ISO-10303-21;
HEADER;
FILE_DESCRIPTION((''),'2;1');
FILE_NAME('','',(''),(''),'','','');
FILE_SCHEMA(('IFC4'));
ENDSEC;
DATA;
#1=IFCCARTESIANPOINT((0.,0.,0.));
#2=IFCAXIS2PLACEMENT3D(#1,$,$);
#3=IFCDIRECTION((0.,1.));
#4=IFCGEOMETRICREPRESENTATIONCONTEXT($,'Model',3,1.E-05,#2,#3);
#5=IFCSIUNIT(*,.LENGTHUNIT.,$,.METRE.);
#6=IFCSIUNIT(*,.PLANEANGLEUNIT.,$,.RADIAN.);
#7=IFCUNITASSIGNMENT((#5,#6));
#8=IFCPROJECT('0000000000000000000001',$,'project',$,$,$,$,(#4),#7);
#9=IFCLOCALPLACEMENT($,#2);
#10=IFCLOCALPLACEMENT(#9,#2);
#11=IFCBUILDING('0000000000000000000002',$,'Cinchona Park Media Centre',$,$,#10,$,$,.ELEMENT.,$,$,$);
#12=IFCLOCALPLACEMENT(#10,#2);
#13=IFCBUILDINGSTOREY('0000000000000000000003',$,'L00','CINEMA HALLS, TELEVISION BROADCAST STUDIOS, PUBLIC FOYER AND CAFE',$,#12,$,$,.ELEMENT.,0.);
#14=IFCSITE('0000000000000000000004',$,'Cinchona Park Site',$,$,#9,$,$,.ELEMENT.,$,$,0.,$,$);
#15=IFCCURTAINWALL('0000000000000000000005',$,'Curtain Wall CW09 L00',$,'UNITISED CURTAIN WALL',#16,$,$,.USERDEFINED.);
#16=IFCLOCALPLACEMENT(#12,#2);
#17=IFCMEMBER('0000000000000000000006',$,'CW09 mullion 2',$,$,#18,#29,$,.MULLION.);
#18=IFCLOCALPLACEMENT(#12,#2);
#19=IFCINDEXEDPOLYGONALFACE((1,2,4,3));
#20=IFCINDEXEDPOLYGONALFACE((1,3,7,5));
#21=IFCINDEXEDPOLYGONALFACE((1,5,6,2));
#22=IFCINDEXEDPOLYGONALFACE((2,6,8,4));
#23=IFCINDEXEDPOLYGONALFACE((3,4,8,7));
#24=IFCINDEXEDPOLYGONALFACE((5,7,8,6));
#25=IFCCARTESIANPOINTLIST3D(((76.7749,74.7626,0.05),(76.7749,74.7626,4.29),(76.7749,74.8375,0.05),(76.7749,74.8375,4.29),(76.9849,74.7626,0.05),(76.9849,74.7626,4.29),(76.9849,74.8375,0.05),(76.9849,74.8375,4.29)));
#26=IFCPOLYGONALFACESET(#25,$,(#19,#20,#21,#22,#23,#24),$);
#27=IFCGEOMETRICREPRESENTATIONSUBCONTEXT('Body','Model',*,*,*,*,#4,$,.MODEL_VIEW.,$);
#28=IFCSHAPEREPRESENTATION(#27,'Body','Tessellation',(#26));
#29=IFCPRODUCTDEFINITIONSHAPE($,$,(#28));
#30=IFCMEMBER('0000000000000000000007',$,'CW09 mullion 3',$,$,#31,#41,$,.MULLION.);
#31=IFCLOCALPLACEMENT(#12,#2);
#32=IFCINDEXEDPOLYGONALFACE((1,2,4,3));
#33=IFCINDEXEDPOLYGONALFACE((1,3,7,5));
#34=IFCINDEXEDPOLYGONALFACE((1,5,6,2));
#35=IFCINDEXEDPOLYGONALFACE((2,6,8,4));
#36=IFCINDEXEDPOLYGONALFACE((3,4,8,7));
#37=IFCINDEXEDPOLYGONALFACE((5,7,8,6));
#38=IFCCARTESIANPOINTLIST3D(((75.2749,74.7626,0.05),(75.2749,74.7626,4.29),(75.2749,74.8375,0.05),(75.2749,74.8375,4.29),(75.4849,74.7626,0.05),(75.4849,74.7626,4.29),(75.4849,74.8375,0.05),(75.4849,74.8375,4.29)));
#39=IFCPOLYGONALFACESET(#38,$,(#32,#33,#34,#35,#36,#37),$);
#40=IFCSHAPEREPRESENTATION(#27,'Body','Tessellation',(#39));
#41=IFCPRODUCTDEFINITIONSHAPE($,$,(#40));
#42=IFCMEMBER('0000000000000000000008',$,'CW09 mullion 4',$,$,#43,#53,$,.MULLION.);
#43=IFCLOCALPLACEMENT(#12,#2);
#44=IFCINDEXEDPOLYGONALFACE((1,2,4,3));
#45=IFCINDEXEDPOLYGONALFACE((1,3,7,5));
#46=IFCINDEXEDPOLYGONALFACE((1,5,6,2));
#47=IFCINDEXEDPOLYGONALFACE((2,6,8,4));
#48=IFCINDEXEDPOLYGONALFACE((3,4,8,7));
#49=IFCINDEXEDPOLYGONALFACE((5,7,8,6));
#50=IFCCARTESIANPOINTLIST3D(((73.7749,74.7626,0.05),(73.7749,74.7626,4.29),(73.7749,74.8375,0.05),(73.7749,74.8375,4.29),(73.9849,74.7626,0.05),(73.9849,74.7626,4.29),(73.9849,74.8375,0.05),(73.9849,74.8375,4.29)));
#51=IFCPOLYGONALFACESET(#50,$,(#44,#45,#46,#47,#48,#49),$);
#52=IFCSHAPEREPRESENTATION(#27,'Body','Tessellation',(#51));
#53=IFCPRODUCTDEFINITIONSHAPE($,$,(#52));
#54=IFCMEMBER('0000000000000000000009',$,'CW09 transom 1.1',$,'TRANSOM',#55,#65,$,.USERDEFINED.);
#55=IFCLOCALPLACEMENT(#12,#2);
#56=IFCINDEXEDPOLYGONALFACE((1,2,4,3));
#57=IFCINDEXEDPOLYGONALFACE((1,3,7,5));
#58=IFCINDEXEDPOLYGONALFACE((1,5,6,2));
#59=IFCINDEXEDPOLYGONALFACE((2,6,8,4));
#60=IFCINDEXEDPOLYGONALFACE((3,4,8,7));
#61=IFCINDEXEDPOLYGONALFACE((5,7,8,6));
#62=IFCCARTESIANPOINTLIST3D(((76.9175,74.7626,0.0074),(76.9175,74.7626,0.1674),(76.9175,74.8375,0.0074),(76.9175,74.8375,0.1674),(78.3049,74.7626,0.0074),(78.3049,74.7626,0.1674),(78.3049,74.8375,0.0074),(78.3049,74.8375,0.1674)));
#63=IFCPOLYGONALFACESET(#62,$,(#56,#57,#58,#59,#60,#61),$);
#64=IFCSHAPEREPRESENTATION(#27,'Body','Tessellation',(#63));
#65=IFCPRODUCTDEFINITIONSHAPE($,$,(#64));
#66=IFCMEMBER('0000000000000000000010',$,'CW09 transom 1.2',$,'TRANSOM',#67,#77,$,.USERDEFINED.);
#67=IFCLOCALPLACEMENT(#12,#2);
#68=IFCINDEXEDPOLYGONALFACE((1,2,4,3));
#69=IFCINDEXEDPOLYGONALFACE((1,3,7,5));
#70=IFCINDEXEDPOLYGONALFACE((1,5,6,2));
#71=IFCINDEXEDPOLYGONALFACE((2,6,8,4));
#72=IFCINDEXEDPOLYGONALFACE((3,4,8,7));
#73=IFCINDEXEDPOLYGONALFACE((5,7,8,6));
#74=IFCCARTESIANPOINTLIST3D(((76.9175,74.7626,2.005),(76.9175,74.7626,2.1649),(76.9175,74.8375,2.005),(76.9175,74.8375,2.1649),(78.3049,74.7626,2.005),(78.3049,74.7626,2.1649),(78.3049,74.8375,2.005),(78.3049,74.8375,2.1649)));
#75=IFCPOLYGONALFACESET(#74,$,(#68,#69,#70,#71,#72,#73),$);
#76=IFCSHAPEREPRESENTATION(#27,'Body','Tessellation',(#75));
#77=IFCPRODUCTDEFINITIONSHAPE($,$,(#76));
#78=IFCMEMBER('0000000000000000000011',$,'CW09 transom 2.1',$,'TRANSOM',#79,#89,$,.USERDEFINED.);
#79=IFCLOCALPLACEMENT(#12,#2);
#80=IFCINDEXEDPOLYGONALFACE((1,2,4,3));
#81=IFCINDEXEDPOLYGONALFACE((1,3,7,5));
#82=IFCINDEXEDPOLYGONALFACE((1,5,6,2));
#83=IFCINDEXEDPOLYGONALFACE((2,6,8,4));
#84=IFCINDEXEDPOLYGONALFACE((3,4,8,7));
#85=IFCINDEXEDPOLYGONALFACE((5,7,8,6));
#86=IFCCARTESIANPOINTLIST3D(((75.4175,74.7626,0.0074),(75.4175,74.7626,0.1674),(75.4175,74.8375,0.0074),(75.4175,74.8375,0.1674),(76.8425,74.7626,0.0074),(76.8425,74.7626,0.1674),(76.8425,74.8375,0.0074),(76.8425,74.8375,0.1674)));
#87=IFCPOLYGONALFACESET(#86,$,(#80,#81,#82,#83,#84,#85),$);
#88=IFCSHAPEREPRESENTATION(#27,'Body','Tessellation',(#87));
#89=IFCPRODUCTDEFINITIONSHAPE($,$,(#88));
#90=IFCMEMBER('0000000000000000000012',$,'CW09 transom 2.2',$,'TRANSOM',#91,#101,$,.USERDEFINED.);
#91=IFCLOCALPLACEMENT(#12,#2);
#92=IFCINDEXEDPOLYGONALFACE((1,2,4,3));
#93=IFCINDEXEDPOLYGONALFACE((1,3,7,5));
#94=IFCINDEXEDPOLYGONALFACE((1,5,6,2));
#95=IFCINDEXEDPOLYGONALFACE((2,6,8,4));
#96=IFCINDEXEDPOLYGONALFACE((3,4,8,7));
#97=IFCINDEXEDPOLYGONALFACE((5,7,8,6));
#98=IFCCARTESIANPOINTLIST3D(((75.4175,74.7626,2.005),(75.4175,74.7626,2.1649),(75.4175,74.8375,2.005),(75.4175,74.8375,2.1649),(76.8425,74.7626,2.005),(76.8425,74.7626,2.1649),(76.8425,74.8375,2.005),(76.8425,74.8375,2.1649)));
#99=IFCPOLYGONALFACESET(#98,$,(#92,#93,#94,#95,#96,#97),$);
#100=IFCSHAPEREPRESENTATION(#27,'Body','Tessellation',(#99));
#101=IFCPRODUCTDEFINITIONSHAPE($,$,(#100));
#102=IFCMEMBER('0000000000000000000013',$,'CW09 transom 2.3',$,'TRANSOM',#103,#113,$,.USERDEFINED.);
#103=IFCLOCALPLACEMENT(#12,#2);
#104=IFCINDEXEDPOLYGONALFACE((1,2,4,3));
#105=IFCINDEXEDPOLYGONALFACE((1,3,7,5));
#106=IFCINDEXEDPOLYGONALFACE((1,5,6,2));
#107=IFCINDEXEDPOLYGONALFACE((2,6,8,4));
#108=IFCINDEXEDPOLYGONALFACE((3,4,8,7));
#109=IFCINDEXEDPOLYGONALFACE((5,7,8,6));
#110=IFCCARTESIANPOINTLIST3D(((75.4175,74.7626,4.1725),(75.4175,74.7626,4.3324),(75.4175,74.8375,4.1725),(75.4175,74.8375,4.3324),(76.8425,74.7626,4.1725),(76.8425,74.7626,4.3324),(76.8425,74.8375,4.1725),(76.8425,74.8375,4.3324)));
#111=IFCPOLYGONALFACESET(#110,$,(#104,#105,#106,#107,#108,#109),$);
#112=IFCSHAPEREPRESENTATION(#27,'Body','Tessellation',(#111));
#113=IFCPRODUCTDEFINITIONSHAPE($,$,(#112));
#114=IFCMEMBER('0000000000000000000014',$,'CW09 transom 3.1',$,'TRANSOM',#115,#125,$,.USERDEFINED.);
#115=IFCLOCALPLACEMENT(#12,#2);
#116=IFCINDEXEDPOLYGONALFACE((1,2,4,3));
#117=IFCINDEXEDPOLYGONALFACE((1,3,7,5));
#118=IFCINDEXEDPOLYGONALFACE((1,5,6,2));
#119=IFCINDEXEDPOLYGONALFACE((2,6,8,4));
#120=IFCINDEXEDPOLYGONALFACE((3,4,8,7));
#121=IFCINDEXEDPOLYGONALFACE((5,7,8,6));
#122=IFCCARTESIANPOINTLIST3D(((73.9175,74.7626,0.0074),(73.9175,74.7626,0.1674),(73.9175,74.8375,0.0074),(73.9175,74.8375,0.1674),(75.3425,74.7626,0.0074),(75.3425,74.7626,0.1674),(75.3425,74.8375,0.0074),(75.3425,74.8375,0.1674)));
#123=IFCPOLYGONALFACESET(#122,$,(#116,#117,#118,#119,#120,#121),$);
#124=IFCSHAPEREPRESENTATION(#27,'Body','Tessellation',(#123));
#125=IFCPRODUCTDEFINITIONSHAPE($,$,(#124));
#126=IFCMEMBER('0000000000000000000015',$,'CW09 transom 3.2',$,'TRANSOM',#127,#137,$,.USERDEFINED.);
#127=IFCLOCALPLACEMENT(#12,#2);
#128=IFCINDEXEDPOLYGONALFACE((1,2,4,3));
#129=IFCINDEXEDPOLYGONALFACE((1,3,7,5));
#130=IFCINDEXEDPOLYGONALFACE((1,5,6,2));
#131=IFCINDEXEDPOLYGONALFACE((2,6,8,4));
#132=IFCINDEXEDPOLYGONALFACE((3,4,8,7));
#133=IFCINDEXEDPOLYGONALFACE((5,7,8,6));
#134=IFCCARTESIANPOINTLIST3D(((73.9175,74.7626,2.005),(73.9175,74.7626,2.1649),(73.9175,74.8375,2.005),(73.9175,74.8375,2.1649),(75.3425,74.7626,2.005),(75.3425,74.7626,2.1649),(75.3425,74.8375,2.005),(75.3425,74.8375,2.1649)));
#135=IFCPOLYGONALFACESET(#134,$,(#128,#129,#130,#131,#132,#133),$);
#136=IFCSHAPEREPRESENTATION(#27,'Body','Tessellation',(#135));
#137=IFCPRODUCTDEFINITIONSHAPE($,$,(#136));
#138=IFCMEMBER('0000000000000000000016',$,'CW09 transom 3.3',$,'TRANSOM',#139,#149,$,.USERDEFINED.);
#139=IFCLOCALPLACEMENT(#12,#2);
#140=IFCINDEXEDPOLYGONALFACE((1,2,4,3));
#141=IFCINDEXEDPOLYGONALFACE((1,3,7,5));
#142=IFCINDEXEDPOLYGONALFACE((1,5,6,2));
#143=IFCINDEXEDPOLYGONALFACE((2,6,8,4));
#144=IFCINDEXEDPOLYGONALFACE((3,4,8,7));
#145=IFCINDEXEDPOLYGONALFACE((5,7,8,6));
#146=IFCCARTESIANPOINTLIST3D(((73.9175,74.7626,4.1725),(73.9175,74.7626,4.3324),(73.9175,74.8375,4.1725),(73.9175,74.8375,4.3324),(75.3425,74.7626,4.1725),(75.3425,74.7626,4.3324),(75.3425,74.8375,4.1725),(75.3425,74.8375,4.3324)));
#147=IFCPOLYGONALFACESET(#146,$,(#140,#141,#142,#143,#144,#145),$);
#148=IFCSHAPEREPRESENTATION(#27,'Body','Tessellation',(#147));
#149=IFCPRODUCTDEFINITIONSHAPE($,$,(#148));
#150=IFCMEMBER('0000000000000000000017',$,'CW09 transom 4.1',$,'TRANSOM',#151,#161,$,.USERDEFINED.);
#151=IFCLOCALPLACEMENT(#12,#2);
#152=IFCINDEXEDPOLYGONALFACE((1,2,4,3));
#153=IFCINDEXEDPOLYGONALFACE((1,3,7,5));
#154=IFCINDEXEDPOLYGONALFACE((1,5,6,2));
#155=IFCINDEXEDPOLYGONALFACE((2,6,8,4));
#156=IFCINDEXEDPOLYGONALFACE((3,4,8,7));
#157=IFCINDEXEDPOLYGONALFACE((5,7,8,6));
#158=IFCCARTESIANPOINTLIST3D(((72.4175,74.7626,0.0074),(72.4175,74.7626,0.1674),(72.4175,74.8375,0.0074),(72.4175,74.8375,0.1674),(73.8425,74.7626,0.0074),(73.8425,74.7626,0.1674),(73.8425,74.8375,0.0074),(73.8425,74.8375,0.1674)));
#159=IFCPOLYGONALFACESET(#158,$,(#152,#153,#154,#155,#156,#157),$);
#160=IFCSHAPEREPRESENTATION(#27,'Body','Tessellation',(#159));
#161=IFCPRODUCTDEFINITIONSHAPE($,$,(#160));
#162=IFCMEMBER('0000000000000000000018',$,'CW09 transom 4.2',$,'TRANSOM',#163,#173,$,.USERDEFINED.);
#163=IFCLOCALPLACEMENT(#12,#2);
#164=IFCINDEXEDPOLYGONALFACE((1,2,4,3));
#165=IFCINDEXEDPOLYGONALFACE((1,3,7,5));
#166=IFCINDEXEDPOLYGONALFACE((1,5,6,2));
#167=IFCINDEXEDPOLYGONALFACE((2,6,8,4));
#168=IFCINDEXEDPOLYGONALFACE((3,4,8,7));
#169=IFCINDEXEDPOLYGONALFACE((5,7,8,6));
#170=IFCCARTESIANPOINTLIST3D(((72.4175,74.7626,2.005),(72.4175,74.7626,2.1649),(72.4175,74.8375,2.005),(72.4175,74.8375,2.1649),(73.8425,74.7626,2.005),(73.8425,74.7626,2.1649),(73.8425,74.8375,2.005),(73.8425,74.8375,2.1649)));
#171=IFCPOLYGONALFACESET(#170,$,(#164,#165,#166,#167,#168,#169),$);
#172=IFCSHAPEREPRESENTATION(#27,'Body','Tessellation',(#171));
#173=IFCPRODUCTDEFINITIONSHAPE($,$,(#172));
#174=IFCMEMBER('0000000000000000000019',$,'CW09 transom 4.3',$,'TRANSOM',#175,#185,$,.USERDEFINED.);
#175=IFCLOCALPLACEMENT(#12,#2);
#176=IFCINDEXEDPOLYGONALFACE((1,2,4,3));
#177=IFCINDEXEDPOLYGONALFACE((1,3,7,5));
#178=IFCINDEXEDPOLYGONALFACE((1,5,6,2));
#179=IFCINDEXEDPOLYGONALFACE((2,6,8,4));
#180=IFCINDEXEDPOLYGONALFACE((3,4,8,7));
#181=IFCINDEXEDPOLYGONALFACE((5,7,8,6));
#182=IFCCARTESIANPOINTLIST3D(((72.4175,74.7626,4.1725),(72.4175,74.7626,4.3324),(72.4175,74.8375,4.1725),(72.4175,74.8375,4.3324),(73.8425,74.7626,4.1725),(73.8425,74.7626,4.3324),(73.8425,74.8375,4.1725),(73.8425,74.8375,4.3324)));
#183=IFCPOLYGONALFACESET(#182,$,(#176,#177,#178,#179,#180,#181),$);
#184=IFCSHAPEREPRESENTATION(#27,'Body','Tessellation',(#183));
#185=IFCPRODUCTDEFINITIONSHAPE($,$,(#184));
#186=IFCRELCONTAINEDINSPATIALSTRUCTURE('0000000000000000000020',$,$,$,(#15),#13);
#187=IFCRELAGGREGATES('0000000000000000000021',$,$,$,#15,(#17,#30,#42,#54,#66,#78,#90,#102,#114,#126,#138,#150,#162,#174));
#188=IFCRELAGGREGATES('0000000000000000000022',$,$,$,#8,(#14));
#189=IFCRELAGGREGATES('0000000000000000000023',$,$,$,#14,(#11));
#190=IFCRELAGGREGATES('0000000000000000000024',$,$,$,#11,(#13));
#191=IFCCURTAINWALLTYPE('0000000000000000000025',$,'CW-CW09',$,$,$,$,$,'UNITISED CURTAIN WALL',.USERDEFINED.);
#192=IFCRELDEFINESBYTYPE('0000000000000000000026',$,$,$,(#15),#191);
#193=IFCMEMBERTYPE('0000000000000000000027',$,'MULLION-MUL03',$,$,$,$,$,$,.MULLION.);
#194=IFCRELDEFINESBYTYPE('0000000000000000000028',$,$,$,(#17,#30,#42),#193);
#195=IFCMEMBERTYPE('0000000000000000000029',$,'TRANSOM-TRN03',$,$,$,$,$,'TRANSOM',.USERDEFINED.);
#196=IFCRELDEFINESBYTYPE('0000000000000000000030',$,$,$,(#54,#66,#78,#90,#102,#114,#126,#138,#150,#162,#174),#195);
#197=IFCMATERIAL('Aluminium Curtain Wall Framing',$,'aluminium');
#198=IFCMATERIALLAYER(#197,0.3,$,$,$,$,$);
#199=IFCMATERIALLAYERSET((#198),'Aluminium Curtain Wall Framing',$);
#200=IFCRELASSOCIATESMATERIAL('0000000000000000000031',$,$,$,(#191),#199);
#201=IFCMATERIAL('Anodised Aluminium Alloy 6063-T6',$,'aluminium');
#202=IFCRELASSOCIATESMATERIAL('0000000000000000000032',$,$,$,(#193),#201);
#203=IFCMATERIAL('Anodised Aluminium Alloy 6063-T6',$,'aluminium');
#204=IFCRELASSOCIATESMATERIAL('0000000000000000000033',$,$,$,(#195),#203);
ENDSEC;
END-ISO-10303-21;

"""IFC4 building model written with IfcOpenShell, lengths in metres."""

from ifc_helpers import new_model, si_unit, direction, frame, origin, origin_2d, place, context, subcontext, project, spatial, rectangle, extrude, material, layer, layer_set, material_profile, profile_set, type_object, element, aggregate, save


model = new_model("IFC4")

# Units and contexts
model_context = context("Model", 3, precision=1e-05, world=origin(), true_north=direction((0.0, 1.0)))
body_context = subcontext(model_context, "Body", "Model", "MODEL_VIEW")
ifc_project = project(units=[si_unit("LENGTHUNIT", "METRE"), si_unit("PLANEANGLEUNIT", "RADIAN")], contexts=[model_context])

# Site, building, storey
site_placement = place(None, origin())
site = spatial("IfcSite", under=ifc_project, at=site_placement, Name="Cinchona Park Site", CompositionType="ELEMENT", RefElevation=0.0)
building_placement = place(site_placement, origin())
building = spatial("IfcBuilding", under=site, at=building_placement, Name="Cinchona Park Media Centre", CompositionType="ELEMENT")
storey_placement = place(building_placement, origin())
storey = spatial("IfcBuildingStorey", under=building, at=storey_placement, Name="L00", Description="CINEMA HALLS, TELEVISION BROADCAST STUDIOS, PUBLIC FOYER AND CAFE", CompositionType="ELEMENT", Elevation=0.0)

# Curtain wall, members
ifc_material_1 = material(Name="Aluminium Curtain Wall Framing", Category="aluminium")
ifc_layer_1 = layer(ifc_material_1, 0.3)
ifc_layer_set_1 = layer_set([ifc_layer_1], Name="Aluminium Curtain Wall Framing")
curtain_wall_type = type_object("IfcCurtainWallType", Name="CW-CW09", ElementType="UNITISED CURTAIN WALL", PredefinedType="USERDEFINED", material=ifc_layer_set_1)
curtain_wall_placement = place(storey_placement, origin())
curtain_wall = element("IfcCurtainWall", 1, at=curtain_wall_placement, inside=storey, type_object=curtain_wall_type, Name="Curtain Wall CW09 L00", ObjectType="UNITISED CURTAIN WALL", PredefinedType="USERDEFINED")
ifc_material_2 = material(Name="Anodised Aluminium Alloy 6063-T6", Category="aluminium")
ifc_material_profile_1 = material_profile(ifc_material_2, rectangle(XDim=0.075, YDim=0.21, at=origin_2d()), Name="MUL-75X210")
ifc_profile_set_1 = profile_set([ifc_material_profile_1], Name="Anodised Aluminium Alloy 6063-T6")
member_type_1 = type_object("IfcMemberType", Name="MULLION-MUL03", PredefinedType="MULLION", material=ifc_profile_set_1)
member_1_placement = place(storey_placement, frame((76.8799, 74.8, 0.05), z_axis=(0.0, 0.0, 1.0), x_axis=(0.0, -1.0, 0.0)))
member_1 = element("IfcMember", 2, at=member_1_placement, type_object=member_type_1, Name="CW09 mullion 2", PredefinedType="MULLION", context=body_context, shape_type="SweptSolid", body=[
    extrude(rectangle(XDim=0.075, YDim=0.21, at=origin_2d()), origin(), (0.0, 0.0, 1.0), 4.24),
])
member_2_placement = place(storey_placement, frame((75.3799, 74.8, 0.05), z_axis=(0.0, 0.0, 1.0), x_axis=(0.0, -1.0, 0.0)))
member_2 = element("IfcMember", 3, at=member_2_placement, type_object=member_type_1, Name="CW09 mullion 3", PredefinedType="MULLION", context=body_context, shape_type="SweptSolid", body=[
    extrude(rectangle(XDim=0.075, YDim=0.21, at=origin_2d()), origin(), (0.0, 0.0, 1.0), 4.24),
])
member_3_placement = place(storey_placement, frame((73.8799, 74.8, 0.05), z_axis=(0.0, 0.0, 1.0), x_axis=(0.0, -1.0, 0.0)))
member_3 = element("IfcMember", 4, at=member_3_placement, type_object=member_type_1, Name="CW09 mullion 4", PredefinedType="MULLION", context=body_context, shape_type="SweptSolid", body=[
    extrude(rectangle(XDim=0.075, YDim=0.21, at=origin_2d()), origin(), (0.0, 0.0, 1.0), 4.24),
])
ifc_material_3 = material(Name="Anodised Aluminium Alloy 6063-T6", Category="aluminium")
ifc_material_profile_2 = material_profile(ifc_material_3, rectangle(XDim=0.075, YDim=0.1599, at=origin_2d()), Name="TRN-75X160")
ifc_profile_set_2 = profile_set([ifc_material_profile_2], Name="Anodised Aluminium Alloy 6063-T6")
member_type_2 = type_object("IfcMemberType", Name="TRANSOM-TRN03", ElementType="TRANSOM", PredefinedType="USERDEFINED", material=ifc_profile_set_2)
member_4_placement = place(storey_placement, frame((78.3049, 74.8, 0.0874), z_axis=(-1.0, 0.0, 0.0), x_axis=(0.0, -1.0, 0.0)))
member_4 = element("IfcMember", 5, at=member_4_placement, type_object=member_type_2, Name="CW09 transom 1.1", ObjectType="TRANSOM", PredefinedType="USERDEFINED", context=body_context, shape_type="SweptSolid", body=[
    extrude(rectangle(XDim=0.075, YDim=0.1599, at=origin_2d()), origin(), (0.0, 0.0, 1.0), 1.3875),
])
member_5_placement = place(storey_placement, frame((78.3049, 74.8, 2.085), z_axis=(-1.0, 0.0, 0.0), x_axis=(0.0, -1.0, 0.0)))
member_5 = element("IfcMember", 6, at=member_5_placement, type_object=member_type_2, Name="CW09 transom 1.2", ObjectType="TRANSOM", PredefinedType="USERDEFINED", context=body_context, shape_type="SweptSolid", body=[
    extrude(rectangle(XDim=0.075, YDim=0.1599, at=origin_2d()), origin(), (0.0, 0.0, 1.0), 1.3875),
])
member_6_placement = place(storey_placement, frame((76.8425, 74.8, 0.0874), z_axis=(-1.0, 0.0, 0.0), x_axis=(0.0, -1.0, 0.0)))
member_6 = element("IfcMember", 7, at=member_6_placement, type_object=member_type_2, Name="CW09 transom 2.1", ObjectType="TRANSOM", PredefinedType="USERDEFINED", context=body_context, shape_type="SweptSolid", body=[
    extrude(rectangle(XDim=0.075, YDim=0.1599, at=origin_2d()), origin(), (0.0, 0.0, 1.0), 1.425),
])
member_7_placement = place(storey_placement, frame((76.8425, 74.8, 2.085), z_axis=(-1.0, 0.0, 0.0), x_axis=(0.0, -1.0, 0.0)))
member_7 = element("IfcMember", 8, at=member_7_placement, type_object=member_type_2, Name="CW09 transom 2.2", ObjectType="TRANSOM", PredefinedType="USERDEFINED", context=body_context, shape_type="SweptSolid", body=[
    extrude(rectangle(XDim=0.075, YDim=0.1599, at=origin_2d()), origin(), (0.0, 0.0, 1.0), 1.425),
])
member_8_placement = place(storey_placement, frame((76.8425, 74.8, 4.2524), z_axis=(-1.0, 0.0, 0.0), x_axis=(0.0, -1.0, 0.0)))
member_8 = element("IfcMember", 9, at=member_8_placement, type_object=member_type_2, Name="CW09 transom 2.3", ObjectType="TRANSOM", PredefinedType="USERDEFINED", context=body_context, shape_type="SweptSolid", body=[
    extrude(rectangle(XDim=0.075, YDim=0.1599, at=origin_2d()), origin(), (0.0, 0.0, 1.0), 1.425),
])
member_9_placement = place(storey_placement, frame((75.3425, 74.8, 0.0874), z_axis=(-1.0, 0.0, 0.0), x_axis=(0.0, -1.0, 0.0)))
member_9 = element("IfcMember", 10, at=member_9_placement, type_object=member_type_2, Name="CW09 transom 3.1", ObjectType="TRANSOM", PredefinedType="USERDEFINED", context=body_context, shape_type="SweptSolid", body=[
    extrude(rectangle(XDim=0.075, YDim=0.1599, at=origin_2d()), origin(), (0.0, 0.0, 1.0), 1.425),
])
member_10_placement = place(storey_placement, frame((75.3425, 74.8, 2.085), z_axis=(-1.0, 0.0, 0.0), x_axis=(0.0, -1.0, 0.0)))
member_10 = element("IfcMember", 11, at=member_10_placement, type_object=member_type_2, Name="CW09 transom 3.2", ObjectType="TRANSOM", PredefinedType="USERDEFINED", context=body_context, shape_type="SweptSolid", body=[
    extrude(rectangle(XDim=0.075, YDim=0.1599, at=origin_2d()), origin(), (0.0, 0.0, 1.0), 1.425),
])
member_11_placement = place(storey_placement, frame((75.3425, 74.8, 4.2524), z_axis=(-1.0, 0.0, 0.0), x_axis=(0.0, -1.0, 0.0)))
member_11 = element("IfcMember", 12, at=member_11_placement, type_object=member_type_2, Name="CW09 transom 3.3", ObjectType="TRANSOM", PredefinedType="USERDEFINED", context=body_context, shape_type="SweptSolid", body=[
    extrude(rectangle(XDim=0.075, YDim=0.1599, at=origin_2d()), origin(), (0.0, 0.0, 1.0), 1.425),
])
member_12_placement = place(storey_placement, frame((73.8425, 74.8, 0.0874), z_axis=(-1.0, 0.0, 0.0), x_axis=(0.0, -1.0, 0.0)))
member_12 = element("IfcMember", 13, at=member_12_placement, type_object=member_type_2, Name="CW09 transom 4.1", ObjectType="TRANSOM", PredefinedType="USERDEFINED", context=body_context, shape_type="SweptSolid", body=[
    extrude(rectangle(XDim=0.075, YDim=0.1599, at=origin_2d()), origin(), (0.0, 0.0, 1.0), 1.425),
])
member_13_placement = place(storey_placement, frame((73.8425, 74.8, 2.085), z_axis=(-1.0, 0.0, 0.0), x_axis=(0.0, -1.0, 0.0)))
member_13 = element("IfcMember", 14, at=member_13_placement, type_object=member_type_2, Name="CW09 transom 4.2", ObjectType="TRANSOM", PredefinedType="USERDEFINED", context=body_context, shape_type="SweptSolid", body=[
    extrude(rectangle(XDim=0.075, YDim=0.1599, at=origin_2d()), origin(), (0.0, 0.0, 1.0), 1.425),
])
member_14_placement = place(storey_placement, frame((73.8425, 74.8, 4.2524), z_axis=(-1.0, 0.0, 0.0), x_axis=(0.0, -1.0, 0.0)))
member_14 = element("IfcMember", 15, at=member_14_placement, type_object=member_type_2, Name="CW09 transom 4.3", ObjectType="TRANSOM", PredefinedType="USERDEFINED", context=body_context, shape_type="SweptSolid", body=[
    extrude(rectangle(XDim=0.075, YDim=0.1599, at=origin_2d()), origin(), (0.0, 0.0, 1.0), 1.425),
])
aggregate(curtain_wall, [member_1, member_2, member_3, member_4, member_5, member_6, member_7, member_8, member_9, member_10, member_11, member_12, member_13, member_14])

save(model, "model.ifc")
